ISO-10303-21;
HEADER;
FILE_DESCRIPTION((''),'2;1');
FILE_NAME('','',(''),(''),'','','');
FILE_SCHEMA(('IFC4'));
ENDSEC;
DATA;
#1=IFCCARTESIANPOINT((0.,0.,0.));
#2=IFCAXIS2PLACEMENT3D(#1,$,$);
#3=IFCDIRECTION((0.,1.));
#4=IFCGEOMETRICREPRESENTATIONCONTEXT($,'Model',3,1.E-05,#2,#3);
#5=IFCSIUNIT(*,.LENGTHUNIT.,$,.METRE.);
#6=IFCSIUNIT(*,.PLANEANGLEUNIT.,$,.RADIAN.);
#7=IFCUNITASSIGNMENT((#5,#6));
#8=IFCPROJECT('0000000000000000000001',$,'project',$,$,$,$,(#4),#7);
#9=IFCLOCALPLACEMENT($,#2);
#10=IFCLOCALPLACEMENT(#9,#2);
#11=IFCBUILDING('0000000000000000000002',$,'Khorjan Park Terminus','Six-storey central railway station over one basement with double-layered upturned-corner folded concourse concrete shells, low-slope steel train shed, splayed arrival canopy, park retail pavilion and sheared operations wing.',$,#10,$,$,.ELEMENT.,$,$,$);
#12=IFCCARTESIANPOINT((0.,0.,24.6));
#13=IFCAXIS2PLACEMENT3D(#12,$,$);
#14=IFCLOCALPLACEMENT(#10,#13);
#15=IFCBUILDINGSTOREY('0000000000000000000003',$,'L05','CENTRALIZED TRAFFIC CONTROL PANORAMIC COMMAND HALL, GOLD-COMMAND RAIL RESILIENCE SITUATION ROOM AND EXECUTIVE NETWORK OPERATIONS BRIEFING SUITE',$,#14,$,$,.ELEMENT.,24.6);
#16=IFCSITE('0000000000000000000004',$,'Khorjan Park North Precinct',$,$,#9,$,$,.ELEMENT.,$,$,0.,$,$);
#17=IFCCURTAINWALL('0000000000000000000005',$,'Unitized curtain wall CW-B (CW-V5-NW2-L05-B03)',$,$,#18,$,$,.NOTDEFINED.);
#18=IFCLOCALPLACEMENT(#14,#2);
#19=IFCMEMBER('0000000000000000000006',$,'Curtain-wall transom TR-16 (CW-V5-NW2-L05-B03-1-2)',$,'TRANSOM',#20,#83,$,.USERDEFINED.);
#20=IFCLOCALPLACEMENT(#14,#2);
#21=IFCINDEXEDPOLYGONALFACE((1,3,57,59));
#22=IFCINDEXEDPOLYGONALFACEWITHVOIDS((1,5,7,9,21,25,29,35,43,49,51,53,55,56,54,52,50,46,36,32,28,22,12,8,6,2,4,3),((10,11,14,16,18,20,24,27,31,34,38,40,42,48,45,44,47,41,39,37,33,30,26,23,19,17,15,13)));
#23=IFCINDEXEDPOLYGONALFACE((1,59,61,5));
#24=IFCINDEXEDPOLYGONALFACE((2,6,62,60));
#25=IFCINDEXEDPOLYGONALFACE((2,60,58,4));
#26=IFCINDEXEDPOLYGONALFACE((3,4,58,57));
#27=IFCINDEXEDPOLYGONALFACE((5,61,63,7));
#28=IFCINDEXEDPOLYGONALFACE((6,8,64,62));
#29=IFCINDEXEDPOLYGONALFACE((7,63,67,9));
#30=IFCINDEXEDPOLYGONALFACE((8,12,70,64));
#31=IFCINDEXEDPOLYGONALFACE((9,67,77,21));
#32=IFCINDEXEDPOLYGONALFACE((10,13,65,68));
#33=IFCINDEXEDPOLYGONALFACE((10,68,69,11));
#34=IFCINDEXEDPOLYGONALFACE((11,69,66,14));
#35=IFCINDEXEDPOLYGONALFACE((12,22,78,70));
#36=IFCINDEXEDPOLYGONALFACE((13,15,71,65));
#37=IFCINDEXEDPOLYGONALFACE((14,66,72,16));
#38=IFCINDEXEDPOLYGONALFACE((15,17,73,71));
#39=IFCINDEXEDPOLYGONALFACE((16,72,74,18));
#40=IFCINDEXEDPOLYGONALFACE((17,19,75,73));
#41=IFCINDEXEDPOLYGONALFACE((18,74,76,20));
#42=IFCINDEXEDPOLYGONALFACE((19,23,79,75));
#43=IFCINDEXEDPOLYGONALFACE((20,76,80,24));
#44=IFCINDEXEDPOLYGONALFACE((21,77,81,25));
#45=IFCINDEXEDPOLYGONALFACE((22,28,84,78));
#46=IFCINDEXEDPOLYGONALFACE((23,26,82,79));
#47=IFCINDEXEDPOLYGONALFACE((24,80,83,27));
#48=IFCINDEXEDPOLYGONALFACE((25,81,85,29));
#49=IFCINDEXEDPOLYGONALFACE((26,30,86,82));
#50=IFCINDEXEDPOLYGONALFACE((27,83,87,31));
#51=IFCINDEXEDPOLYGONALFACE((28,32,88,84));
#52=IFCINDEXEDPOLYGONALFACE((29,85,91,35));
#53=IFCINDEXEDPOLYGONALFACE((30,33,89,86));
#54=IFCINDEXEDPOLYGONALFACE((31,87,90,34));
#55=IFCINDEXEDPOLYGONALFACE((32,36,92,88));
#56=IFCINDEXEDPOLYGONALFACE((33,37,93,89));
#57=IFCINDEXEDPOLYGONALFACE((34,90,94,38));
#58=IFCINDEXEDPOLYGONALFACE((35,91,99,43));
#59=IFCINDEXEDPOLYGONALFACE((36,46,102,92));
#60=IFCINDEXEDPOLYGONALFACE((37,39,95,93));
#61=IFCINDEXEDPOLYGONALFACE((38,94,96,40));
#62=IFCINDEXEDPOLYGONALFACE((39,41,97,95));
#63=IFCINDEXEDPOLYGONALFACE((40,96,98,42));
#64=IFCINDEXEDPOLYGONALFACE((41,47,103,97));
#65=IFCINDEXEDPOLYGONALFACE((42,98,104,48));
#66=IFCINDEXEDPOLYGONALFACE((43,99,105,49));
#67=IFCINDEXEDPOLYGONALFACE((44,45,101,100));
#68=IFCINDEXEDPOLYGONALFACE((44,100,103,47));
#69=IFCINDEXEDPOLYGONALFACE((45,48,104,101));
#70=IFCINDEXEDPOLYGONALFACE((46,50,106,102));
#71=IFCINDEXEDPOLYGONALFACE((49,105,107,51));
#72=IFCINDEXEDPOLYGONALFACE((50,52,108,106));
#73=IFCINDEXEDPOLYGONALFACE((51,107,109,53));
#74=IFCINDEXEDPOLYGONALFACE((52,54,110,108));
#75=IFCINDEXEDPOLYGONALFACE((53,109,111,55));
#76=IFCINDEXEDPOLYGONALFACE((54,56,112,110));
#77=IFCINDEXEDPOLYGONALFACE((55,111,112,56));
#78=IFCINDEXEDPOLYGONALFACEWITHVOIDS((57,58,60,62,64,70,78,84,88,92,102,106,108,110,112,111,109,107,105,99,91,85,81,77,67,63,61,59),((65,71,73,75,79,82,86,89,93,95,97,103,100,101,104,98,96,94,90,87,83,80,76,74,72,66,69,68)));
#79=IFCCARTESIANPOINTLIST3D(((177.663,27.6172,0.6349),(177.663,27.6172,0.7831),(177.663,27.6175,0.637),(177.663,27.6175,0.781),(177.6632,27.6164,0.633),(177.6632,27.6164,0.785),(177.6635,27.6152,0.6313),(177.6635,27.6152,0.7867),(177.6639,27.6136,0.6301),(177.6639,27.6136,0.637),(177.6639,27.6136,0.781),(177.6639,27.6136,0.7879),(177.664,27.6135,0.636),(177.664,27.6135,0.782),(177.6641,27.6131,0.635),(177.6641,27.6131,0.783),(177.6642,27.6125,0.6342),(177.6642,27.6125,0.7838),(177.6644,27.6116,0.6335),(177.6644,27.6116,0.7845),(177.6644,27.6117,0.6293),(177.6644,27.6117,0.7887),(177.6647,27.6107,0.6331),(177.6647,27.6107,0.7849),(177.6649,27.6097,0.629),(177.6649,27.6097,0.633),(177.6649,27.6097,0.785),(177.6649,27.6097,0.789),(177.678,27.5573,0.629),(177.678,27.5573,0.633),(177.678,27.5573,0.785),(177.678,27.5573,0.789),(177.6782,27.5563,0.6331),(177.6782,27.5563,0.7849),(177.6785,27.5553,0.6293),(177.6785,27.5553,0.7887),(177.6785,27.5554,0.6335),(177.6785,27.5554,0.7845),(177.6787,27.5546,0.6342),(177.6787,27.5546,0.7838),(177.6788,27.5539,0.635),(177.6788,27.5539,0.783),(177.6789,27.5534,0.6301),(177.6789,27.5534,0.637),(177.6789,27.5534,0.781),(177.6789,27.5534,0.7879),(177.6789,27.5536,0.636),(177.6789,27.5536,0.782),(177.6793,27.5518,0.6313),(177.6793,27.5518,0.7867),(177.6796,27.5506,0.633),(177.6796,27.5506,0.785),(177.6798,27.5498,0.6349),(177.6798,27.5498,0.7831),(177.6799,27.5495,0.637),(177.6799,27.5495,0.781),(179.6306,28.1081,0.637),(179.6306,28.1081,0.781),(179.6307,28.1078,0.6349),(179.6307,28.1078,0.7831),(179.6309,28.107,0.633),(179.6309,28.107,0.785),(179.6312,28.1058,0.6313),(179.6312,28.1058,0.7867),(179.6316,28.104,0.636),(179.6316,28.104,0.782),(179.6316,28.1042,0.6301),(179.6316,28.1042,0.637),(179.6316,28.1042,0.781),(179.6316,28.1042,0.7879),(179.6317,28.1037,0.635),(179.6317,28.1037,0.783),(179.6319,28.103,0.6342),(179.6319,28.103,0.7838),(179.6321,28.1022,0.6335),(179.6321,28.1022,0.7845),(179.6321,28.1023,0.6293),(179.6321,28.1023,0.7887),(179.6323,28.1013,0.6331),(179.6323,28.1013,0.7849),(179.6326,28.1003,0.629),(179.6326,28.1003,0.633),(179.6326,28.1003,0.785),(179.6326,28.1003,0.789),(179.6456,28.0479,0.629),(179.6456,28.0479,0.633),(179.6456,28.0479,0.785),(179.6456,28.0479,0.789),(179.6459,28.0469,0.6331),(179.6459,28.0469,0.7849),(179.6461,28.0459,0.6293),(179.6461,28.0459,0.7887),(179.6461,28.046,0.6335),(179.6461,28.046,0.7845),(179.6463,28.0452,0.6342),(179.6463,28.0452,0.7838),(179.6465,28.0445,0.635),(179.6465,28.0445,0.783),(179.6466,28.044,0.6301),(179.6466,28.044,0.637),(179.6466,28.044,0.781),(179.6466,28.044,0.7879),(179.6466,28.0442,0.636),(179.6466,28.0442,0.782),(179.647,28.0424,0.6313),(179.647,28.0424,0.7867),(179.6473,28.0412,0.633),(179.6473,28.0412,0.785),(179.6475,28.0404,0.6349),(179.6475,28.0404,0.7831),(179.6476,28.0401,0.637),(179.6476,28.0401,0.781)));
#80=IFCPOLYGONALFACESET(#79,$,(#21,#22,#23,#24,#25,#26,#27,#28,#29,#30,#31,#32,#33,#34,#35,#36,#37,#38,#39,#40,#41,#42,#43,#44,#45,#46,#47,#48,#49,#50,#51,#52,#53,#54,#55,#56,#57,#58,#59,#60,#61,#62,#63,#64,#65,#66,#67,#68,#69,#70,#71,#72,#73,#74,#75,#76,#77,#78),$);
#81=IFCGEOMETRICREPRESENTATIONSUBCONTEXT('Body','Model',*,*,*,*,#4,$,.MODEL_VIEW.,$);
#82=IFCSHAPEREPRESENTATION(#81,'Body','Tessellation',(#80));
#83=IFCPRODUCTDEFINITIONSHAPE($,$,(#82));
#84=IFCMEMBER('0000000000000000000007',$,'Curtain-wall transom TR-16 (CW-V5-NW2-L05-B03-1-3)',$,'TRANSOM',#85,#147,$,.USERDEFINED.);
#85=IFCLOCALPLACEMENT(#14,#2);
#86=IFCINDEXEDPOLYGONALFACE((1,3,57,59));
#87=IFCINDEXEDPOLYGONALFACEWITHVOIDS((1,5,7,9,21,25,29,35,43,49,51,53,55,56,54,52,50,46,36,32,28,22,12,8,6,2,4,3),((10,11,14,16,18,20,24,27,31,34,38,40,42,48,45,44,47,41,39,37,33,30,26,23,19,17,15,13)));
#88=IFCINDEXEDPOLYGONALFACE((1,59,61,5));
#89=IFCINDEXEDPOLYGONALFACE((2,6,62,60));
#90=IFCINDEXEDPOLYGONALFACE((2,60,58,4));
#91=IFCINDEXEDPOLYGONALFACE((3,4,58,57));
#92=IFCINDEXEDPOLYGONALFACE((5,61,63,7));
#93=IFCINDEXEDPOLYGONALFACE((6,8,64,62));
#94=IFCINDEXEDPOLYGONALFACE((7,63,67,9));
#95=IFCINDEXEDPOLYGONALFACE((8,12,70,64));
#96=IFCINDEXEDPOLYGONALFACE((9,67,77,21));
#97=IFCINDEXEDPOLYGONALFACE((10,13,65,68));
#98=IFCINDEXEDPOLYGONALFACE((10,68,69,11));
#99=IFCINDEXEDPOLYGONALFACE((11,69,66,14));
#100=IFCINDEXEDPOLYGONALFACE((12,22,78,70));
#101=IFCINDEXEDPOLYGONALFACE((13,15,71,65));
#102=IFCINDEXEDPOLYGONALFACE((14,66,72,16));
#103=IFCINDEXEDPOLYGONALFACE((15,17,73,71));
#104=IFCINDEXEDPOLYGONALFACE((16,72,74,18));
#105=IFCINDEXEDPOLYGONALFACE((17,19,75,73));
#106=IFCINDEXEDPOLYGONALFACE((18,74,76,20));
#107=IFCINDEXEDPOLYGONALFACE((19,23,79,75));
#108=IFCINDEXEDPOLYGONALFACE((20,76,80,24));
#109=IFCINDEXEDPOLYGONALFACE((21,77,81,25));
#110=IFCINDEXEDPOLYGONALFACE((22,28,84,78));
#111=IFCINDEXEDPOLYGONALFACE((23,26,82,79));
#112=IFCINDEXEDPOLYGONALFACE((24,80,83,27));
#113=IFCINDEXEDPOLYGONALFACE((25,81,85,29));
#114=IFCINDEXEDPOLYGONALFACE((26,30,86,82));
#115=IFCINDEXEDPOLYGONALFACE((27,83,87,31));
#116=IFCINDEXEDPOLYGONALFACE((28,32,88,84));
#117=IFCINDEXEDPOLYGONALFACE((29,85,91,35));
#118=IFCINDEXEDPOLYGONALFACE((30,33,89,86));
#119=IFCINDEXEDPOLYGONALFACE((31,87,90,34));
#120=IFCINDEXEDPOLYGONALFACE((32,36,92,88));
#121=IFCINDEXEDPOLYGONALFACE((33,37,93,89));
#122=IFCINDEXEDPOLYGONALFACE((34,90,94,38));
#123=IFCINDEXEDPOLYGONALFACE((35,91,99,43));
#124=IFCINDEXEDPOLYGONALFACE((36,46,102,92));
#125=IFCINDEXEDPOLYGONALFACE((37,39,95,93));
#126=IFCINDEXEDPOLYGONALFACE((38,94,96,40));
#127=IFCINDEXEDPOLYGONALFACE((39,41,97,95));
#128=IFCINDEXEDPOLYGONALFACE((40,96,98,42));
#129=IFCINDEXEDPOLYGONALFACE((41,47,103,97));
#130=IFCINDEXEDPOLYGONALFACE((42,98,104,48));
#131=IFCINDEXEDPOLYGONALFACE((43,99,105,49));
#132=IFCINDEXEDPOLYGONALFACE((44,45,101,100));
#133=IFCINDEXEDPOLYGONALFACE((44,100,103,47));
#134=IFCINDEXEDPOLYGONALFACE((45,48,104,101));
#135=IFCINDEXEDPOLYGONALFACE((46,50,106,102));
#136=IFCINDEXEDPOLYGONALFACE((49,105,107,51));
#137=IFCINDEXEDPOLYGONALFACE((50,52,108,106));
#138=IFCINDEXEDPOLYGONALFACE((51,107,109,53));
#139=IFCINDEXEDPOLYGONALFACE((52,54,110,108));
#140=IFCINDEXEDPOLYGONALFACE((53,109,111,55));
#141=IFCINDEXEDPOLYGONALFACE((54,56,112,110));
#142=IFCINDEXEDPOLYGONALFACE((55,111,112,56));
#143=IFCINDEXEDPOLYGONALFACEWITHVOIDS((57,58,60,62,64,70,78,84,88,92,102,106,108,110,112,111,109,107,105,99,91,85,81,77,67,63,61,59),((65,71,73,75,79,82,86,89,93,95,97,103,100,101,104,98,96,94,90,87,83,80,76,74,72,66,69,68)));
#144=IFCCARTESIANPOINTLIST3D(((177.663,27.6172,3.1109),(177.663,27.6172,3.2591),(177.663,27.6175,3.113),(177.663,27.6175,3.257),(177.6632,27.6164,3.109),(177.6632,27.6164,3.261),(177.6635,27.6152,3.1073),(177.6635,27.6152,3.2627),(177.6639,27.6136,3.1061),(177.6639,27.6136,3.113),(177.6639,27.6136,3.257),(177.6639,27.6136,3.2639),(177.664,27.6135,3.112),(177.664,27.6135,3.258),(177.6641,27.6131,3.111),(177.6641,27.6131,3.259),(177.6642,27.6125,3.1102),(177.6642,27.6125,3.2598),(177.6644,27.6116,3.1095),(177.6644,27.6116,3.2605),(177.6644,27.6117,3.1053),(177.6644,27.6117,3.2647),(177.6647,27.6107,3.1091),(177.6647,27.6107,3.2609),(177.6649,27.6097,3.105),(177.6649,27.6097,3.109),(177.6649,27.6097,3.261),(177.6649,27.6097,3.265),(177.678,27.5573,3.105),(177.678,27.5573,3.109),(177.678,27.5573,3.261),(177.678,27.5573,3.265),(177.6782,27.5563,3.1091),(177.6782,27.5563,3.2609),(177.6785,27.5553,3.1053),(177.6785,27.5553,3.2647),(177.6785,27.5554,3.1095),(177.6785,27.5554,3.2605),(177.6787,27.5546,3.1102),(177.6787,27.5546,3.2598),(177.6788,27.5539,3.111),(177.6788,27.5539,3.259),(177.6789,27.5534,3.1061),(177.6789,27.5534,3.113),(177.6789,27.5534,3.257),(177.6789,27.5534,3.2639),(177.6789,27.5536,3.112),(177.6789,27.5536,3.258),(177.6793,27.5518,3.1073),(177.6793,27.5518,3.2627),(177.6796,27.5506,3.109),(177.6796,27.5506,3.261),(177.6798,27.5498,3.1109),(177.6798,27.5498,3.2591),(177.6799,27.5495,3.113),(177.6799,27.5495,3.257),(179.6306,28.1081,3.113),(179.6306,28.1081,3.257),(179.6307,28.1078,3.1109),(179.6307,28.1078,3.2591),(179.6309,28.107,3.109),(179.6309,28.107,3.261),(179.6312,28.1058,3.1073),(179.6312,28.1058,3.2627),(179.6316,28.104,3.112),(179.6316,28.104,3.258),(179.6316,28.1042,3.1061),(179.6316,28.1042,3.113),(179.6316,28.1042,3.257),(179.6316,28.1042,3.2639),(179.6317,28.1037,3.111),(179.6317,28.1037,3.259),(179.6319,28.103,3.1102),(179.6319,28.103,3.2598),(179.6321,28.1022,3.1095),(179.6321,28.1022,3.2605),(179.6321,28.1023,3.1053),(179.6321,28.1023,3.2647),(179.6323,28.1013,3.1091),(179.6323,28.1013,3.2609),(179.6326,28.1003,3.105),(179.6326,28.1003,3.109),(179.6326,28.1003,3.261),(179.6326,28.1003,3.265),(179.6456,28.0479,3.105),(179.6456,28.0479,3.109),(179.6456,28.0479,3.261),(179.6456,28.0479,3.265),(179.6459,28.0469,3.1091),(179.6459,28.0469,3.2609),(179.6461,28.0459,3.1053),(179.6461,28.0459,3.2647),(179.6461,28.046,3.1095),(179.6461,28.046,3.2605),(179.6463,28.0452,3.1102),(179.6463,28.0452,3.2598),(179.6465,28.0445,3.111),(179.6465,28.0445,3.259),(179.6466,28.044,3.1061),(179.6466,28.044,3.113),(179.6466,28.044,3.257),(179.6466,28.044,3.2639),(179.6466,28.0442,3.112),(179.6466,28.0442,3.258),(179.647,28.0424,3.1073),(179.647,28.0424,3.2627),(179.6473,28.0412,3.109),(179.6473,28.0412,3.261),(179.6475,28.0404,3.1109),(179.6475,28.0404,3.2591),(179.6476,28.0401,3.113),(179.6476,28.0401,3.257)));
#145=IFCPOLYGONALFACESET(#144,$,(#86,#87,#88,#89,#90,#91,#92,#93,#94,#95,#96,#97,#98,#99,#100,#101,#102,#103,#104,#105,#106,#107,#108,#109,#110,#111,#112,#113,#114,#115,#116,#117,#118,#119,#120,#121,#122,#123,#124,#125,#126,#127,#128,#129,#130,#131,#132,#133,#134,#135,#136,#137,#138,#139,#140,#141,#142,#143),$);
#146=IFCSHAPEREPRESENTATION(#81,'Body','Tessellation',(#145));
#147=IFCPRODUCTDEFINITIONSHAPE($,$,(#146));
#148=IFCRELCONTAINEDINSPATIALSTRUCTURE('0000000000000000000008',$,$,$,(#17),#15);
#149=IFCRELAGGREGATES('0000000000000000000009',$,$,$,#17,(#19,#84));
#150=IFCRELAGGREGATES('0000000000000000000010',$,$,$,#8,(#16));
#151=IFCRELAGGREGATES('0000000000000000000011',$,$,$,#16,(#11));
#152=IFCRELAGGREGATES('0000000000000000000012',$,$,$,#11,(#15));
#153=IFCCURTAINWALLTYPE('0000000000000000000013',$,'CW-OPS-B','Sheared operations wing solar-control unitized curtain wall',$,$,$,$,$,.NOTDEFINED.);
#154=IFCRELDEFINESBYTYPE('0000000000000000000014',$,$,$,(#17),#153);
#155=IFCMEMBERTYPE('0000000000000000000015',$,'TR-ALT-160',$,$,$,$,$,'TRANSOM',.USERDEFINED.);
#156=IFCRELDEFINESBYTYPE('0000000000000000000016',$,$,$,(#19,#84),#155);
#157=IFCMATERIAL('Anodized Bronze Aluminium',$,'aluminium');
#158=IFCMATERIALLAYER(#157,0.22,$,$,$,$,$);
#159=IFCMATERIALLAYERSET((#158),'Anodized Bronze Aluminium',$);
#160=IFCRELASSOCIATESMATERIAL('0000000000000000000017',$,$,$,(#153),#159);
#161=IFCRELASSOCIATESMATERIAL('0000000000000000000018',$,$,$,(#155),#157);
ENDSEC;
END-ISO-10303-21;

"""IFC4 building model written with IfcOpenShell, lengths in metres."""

from ifc_helpers import new_model, si_unit, direction, frame, origin, origin_2d, place, context, subcontext, project, spatial, hollow_rectangle, extrude, material, layer, layer_set, material_profile, profile_set, type_object, element, aggregate, save


model = new_model("IFC4")

# Units and contexts
model_context = context("Model", 3, precision=1e-05, world=origin(), true_north=direction((0.0, 1.0)))
body_context = subcontext(model_context, "Body", "Model", "MODEL_VIEW")
ifc_project = project(units=[si_unit("LENGTHUNIT", "METRE"), si_unit("PLANEANGLEUNIT", "RADIAN")], contexts=[model_context])

# Site, building, storey
site_placement = place(None, origin())
site = spatial("IfcSite", under=ifc_project, at=site_placement, Name="Khorjan Park North Precinct", CompositionType="ELEMENT", RefElevation=0.0)
building_placement = place(site_placement, origin())
building = spatial("IfcBuilding", under=site, at=building_placement, Name="Khorjan Park Terminus", Description="Six-storey central railway station over one basement with double-layered upturned-corner folded concourse concrete shells, low-slope steel train shed, splayed arrival canopy, park retail pavilion and sheared operations wing.", CompositionType="ELEMENT")
storey_placement = place(building_placement, frame((0.0, 0.0, 24.6)))
storey = spatial("IfcBuildingStorey", under=building, at=storey_placement, Name="L05", Description="CENTRALIZED TRAFFIC CONTROL PANORAMIC COMMAND HALL, GOLD-COMMAND RAIL RESILIENCE SITUATION ROOM AND EXECUTIVE NETWORK OPERATIONS BRIEFING SUITE", CompositionType="ELEMENT", Elevation=24.6)

# Curtain wall, members
ifc_material_1 = material(Name="Anodized Bronze Aluminium", Category="aluminium")
ifc_layer_1 = layer(ifc_material_1, 0.22)
ifc_layer_set_1 = layer_set([ifc_layer_1], Name="Anodized Bronze Aluminium")
curtain_wall_type = type_object("IfcCurtainWallType", Name="CW-OPS-B", Description="Sheared operations wing solar-control unitized curtain wall", PredefinedType="NOTDEFINED", material=ifc_layer_set_1)
curtain_wall_placement = place(storey_placement, origin())
curtain_wall = element("IfcCurtainWall", 1, at=curtain_wall_placement, inside=storey, type_object=curtain_wall_type, Name="Unitized curtain wall CW-B (CW-V5-NW2-L05-B03)", PredefinedType="NOTDEFINED")
ifc_material_profile_1 = material_profile(ifc_material_1, hollow_rectangle(XDim=0.07, YDim=0.16, WallThickness=0.004, InnerFilletRadius=0.004, OuterFilletRadius=0.008, at=origin_2d()), Name="ALT 70x160x4")
ifc_profile_set_1 = profile_set([ifc_material_profile_1], Name="Anodized Bronze Aluminium")
member_type_1 = type_object("IfcMemberType", Name="TR-ALT-160", ElementType="TRANSOM", PredefinedType="USERDEFINED", material=ifc_profile_set_1)
member_1_placement = place(storey_placement, frame((179.6391, 28.0741, 0.709), z_axis=(-0.970296, -0.241921, 0.0), x_axis=(0.241921, -0.970296, 0.0)))
member_1 = element("IfcMember", 2, at=member_1_placement, type_object=member_type_1, Name="Curtain-wall transom TR-16 (CW-V5-NW2-L05-B03-1-2)", ObjectType="TRANSOM", PredefinedType="USERDEFINED", context=body_context, shape_type="SweptSolid", body=[
    extrude(hollow_rectangle(XDim=0.07, YDim=0.16, WallThickness=0.004, InnerFilletRadius=0.004, OuterFilletRadius=0.008, at=origin_2d()), origin(), (0.0, 0.0, 1.0), 2.0279),
])
member_2_placement = place(storey_placement, frame((179.6391, 28.0741, 3.185), z_axis=(-0.970296, -0.241921, 0.0), x_axis=(0.241921, -0.970296, 0.0)))
member_2 = element("IfcMember", 3, at=member_2_placement, type_object=member_type_1, Name="Curtain-wall transom TR-16 (CW-V5-NW2-L05-B03-1-3)", ObjectType="TRANSOM", PredefinedType="USERDEFINED", context=body_context, shape_type="SweptSolid", body=[
    extrude(hollow_rectangle(XDim=0.07, YDim=0.16, WallThickness=0.004, InnerFilletRadius=0.004, OuterFilletRadius=0.008, at=origin_2d()), origin(), (0.0, 0.0, 1.0), 2.0279),
])
aggregate(curtain_wall, [member_1, member_2])

save(model, "model.ifc")
